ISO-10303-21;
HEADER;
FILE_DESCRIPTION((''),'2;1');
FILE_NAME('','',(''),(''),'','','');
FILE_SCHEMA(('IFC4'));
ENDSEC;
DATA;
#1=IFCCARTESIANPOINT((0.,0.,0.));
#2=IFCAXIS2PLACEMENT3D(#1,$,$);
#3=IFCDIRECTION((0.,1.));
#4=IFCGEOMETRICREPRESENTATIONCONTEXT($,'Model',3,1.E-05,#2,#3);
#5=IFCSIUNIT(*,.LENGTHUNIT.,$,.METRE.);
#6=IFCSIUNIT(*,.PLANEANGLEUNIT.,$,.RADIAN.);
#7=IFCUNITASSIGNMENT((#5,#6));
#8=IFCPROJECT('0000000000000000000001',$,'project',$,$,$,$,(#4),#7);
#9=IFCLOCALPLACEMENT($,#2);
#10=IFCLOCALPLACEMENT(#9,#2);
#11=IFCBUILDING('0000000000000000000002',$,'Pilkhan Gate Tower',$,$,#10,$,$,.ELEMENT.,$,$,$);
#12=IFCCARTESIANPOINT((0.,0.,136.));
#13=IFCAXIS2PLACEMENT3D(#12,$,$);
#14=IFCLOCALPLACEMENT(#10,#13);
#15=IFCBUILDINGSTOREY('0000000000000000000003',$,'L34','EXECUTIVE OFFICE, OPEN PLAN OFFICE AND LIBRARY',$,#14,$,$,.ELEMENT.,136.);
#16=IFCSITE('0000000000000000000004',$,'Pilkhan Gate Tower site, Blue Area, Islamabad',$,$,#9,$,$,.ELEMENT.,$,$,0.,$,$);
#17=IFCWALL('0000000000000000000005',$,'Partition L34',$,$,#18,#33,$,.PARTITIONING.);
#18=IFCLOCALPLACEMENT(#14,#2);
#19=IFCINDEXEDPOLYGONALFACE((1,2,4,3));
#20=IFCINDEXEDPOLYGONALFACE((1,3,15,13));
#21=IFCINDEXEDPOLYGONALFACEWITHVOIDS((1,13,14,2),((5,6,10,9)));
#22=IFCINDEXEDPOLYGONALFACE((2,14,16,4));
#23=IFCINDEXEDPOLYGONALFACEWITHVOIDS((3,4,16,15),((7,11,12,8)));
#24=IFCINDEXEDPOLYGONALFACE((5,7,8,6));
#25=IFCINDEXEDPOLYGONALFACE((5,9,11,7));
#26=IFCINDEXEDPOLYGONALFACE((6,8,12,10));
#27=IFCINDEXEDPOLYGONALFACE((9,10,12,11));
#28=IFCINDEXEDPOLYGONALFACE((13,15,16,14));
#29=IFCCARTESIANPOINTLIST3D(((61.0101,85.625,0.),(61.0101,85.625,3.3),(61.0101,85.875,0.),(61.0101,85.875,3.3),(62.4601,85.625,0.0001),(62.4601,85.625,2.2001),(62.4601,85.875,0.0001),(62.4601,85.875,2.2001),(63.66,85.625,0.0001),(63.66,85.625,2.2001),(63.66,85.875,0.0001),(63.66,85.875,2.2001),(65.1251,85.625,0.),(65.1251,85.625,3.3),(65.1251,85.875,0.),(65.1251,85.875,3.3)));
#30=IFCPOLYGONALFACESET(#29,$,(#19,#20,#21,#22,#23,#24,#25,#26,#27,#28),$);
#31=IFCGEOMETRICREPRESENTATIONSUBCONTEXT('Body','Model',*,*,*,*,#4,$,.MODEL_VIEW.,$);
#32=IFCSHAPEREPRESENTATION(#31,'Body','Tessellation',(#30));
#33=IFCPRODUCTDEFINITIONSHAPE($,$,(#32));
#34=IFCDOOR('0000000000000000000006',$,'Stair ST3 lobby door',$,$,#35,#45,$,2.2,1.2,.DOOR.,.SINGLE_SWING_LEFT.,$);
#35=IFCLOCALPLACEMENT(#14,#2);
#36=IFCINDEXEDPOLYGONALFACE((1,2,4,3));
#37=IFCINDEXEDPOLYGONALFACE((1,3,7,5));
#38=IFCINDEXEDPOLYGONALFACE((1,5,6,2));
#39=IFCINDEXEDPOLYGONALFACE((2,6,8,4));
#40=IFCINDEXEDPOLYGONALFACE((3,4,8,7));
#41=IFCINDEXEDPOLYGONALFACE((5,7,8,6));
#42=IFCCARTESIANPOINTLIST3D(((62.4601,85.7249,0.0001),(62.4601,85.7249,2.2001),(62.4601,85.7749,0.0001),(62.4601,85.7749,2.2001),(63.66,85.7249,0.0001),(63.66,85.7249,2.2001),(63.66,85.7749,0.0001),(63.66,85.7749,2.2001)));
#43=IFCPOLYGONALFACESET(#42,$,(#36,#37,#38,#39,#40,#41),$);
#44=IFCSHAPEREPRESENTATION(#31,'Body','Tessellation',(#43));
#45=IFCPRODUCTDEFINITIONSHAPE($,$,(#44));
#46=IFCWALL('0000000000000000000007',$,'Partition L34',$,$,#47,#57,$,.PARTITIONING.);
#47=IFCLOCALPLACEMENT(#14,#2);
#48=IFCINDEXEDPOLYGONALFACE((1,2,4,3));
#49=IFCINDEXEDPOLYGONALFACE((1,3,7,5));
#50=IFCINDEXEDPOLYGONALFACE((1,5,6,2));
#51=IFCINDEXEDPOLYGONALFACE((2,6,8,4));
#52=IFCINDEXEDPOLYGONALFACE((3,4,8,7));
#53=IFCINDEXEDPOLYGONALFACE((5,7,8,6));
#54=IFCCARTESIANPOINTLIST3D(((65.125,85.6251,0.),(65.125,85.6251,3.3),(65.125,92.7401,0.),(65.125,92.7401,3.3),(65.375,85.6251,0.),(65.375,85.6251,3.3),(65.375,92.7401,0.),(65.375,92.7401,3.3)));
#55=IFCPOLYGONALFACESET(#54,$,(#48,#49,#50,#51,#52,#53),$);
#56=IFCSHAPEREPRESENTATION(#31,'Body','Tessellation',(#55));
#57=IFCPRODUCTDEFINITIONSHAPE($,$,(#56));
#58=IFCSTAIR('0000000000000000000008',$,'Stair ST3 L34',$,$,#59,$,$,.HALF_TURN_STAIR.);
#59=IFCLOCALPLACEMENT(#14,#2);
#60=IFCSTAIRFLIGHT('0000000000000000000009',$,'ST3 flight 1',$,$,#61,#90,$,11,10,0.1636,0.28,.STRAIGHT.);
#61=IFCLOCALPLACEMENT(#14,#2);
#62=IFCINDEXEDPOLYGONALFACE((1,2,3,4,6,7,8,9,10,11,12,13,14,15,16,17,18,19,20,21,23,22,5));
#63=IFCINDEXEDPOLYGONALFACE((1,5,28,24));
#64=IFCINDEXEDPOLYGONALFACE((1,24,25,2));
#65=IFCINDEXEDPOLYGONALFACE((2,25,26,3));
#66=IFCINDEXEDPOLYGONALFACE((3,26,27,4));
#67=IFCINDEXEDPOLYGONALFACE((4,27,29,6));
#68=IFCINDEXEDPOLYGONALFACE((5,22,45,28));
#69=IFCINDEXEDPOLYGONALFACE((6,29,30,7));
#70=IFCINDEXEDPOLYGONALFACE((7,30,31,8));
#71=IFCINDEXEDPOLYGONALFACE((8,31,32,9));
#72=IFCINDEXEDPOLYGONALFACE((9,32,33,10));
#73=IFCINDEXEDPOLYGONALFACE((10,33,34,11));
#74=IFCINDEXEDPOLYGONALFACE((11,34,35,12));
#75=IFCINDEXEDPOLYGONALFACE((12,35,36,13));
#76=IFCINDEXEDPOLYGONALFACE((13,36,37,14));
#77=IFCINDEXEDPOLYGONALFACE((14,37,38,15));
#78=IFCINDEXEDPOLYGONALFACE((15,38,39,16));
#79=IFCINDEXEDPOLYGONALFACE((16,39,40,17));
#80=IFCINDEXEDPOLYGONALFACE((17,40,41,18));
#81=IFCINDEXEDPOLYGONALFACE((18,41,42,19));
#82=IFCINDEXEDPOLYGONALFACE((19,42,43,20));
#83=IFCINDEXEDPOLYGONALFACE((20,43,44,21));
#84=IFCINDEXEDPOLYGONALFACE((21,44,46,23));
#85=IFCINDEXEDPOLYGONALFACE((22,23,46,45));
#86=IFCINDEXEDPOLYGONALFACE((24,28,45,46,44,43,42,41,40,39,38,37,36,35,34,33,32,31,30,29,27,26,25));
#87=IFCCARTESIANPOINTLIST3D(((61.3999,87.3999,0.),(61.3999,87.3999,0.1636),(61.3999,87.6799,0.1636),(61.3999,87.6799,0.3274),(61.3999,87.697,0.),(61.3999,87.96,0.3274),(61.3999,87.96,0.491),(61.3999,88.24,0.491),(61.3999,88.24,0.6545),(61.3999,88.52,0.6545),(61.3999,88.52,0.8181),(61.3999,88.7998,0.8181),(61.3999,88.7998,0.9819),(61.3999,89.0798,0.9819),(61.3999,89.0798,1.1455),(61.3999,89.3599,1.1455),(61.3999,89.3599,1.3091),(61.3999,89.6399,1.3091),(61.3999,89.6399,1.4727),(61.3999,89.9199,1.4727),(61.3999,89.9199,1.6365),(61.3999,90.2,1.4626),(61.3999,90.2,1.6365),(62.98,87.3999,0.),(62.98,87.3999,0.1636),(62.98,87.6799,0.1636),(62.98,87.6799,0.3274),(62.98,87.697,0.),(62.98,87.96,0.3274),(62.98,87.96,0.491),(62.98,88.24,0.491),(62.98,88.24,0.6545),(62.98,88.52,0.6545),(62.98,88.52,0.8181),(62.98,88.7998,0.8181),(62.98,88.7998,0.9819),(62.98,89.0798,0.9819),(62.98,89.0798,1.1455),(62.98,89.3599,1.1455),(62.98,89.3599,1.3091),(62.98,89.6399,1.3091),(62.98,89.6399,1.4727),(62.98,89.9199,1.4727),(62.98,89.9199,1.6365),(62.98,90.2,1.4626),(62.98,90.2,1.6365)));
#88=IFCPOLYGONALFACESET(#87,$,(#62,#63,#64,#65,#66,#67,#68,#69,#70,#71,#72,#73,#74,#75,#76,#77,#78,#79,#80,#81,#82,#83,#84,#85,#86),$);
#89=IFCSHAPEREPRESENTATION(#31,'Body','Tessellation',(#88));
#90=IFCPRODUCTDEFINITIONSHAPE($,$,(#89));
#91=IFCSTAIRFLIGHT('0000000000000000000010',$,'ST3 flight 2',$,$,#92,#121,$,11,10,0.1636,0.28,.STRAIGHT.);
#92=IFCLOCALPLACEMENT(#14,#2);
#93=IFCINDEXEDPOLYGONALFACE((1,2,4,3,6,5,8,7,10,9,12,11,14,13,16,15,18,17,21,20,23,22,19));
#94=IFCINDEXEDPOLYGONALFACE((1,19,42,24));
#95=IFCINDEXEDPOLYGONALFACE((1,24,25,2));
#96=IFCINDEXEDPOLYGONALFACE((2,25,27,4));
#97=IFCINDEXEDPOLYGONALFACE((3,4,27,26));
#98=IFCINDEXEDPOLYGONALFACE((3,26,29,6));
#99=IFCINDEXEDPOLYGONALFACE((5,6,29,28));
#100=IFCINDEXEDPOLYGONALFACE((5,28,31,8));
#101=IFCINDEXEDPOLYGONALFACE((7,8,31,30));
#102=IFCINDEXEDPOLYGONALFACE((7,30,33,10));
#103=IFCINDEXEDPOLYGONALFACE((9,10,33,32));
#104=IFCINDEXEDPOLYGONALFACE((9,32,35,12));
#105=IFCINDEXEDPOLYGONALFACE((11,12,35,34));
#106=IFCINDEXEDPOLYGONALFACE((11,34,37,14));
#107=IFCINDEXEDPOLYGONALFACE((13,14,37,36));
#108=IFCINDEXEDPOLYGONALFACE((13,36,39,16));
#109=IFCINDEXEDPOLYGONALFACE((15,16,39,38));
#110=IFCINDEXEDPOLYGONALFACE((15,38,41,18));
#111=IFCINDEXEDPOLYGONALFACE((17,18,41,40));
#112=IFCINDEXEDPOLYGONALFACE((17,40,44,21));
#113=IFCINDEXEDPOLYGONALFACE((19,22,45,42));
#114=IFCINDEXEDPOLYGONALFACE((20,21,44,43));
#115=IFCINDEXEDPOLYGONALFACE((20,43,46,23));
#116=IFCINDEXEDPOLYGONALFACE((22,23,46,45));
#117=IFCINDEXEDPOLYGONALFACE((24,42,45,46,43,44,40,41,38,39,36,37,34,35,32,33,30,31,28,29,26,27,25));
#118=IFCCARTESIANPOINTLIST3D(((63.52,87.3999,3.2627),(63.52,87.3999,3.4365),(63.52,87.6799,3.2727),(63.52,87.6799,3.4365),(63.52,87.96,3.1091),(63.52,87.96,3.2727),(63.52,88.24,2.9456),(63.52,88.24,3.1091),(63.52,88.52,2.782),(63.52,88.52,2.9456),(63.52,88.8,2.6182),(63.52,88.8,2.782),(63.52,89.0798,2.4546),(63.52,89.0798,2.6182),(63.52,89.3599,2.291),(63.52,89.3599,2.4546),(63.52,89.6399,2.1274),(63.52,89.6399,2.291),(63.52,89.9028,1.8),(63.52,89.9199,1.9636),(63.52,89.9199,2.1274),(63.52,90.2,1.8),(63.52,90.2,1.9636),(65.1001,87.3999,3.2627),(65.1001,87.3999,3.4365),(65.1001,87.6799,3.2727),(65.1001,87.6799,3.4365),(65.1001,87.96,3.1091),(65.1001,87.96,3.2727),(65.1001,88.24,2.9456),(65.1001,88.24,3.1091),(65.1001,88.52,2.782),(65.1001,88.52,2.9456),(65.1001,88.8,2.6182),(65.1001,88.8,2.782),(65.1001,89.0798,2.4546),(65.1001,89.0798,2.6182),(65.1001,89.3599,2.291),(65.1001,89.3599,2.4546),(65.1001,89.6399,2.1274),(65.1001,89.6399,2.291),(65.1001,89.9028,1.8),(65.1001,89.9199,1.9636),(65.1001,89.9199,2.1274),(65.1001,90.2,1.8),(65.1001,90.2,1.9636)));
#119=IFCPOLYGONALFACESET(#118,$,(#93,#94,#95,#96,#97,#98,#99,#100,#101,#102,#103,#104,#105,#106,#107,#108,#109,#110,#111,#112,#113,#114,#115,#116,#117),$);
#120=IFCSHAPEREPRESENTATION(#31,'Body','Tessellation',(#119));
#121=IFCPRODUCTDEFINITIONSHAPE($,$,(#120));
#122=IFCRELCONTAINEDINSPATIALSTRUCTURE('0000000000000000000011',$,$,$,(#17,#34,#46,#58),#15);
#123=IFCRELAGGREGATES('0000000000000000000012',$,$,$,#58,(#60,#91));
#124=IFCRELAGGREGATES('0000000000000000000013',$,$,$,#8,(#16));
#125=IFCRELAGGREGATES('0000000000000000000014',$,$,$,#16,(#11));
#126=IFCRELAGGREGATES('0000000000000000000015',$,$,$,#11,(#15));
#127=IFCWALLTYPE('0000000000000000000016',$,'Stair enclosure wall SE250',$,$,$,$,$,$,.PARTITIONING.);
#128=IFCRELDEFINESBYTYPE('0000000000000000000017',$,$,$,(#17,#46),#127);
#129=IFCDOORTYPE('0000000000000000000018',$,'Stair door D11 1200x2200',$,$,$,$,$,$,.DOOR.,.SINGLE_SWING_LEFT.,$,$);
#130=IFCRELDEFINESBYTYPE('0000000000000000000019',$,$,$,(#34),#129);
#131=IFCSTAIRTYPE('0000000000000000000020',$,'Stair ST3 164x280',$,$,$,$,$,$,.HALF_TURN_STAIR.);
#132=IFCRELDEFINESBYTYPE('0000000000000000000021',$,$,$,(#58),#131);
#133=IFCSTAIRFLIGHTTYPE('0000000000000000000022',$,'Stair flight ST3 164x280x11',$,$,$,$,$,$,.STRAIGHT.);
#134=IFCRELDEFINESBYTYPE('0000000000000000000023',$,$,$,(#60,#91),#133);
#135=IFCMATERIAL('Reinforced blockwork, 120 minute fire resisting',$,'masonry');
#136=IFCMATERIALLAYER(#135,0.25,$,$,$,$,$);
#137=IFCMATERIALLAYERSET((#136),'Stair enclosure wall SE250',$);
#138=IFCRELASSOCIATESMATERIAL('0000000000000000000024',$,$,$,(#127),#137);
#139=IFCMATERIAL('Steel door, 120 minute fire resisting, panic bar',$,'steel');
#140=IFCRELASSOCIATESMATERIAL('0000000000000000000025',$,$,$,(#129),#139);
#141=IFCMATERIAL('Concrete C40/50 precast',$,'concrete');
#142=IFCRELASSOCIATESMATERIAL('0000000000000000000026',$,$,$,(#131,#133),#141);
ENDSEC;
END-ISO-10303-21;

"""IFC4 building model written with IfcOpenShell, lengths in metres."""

from ifc_helpers import new_model, si_unit, direction, frame, frame_2d, origin, place, context, subcontext, project, spatial, polyline, rectangle, outline, extrude, material, layer, layer_set, type_object, element, fill, aggregate, save


model = new_model("IFC4")

# Units and contexts
model_context = context("Model", 3, precision=1e-05, world=origin(), true_north=direction((0.0, 1.0)))
body_context = subcontext(model_context, "Body", "Model", "MODEL_VIEW")
ifc_project = project(units=[si_unit("LENGTHUNIT", "METRE"), si_unit("PLANEANGLEUNIT", "RADIAN")], contexts=[model_context])

# Site, building, storey
site_placement = place(None, origin())
site = spatial("IfcSite", under=ifc_project, at=site_placement, Name="Pilkhan Gate Tower site, Blue Area, Islamabad", CompositionType="ELEMENT", RefElevation=0.0)
building_placement = place(site_placement, origin())
building = spatial("IfcBuilding", under=site, at=building_placement, Name="Pilkhan Gate Tower", CompositionType="ELEMENT")
storey_placement = place(building_placement, frame((0.0, 0.0, 136.0)))
storey = spatial("IfcBuildingStorey", under=building, at=storey_placement, Name="L34", Description="EXECUTIVE OFFICE, OPEN PLAN OFFICE AND LIBRARY", CompositionType="ELEMENT", Elevation=136.0)

# Wall, opening, door
ifc_material_1 = material(Name="Reinforced blockwork, 120 minute fire resisting", Category="masonry")
ifc_layer_1 = layer(ifc_material_1, 0.25)
ifc_layer_set_1 = layer_set([ifc_layer_1], Name="Stair enclosure wall SE250")
wall_type_1 = type_object("IfcWallType", Name="Stair enclosure wall SE250", PredefinedType="PARTITIONING", material=ifc_layer_set_1)
wall_1_placement = place(storey_placement, frame((61.01, 85.75, 0.0), z_axis=(0.0, 0.0, 1.0), x_axis=(1.0, 0.0, 0.0)))
wall_1 = element("IfcWall", 1, at=wall_1_placement, inside=storey, type_object=wall_type_1, Name="Partition L34", PredefinedType="PARTITIONING", context=body_context, shape_type="SweptSolid", body=[
    extrude(rectangle(XDim=4.115, YDim=0.25, at=frame_2d((2.0576, 0.0))), origin(), (0.0, 0.0, 1.0), 3.3),
])
opening_1_placement = place(wall_1_placement, frame((1.45, 0.0, 0.0)))
opening_1 = element("IfcOpeningElement", 2, at=opening_1_placement, cuts=wall_1, PredefinedType="OPENING", context=body_context, shape_type="SweptSolid", body=[
    extrude(rectangle(XDim=1.2, YDim=2.2, at=frame_2d((0.6001, 1.1001))), frame((0.0, 0.135, 0.0), z_axis=(0.0, -1.0, 0.0), x_axis=(1.0, 0.0, 0.0)), (0.0, 0.0, 1.0), 0.27),
])
ifc_material_2 = material(Name="Steel door, 120 minute fire resisting, panic bar", Category="steel")
door_type_1 = type_object("IfcDoorType", Name="Stair door D11 1200x2200", OperationType="SINGLE_SWING_LEFT", PredefinedType="DOOR", material=ifc_material_2)
door_1_placement = place(opening_1_placement, origin())
door_1 = element("IfcDoor", 3, at=door_1_placement, inside=storey, type_object=door_type_1, Name="Stair ST3 lobby door", OperationType="SINGLE_SWING_LEFT", OverallHeight=2.2, OverallWidth=1.2, PredefinedType="DOOR", context=body_context, shape_type="SweptSolid", body=[
    extrude(rectangle(XDim=1.2, YDim=2.2, at=frame_2d((0.6001, 1.1001))), frame((0.0, 0.0249, 0.0), z_axis=(0.0, -1.0, 0.0), x_axis=(1.0, 0.0, 0.0)), (0.0, 0.0, 1.0), 0.05),
])
fill(opening_1, door_1)

# Wall
wall_2_placement = place(storey_placement, frame((65.25, 85.625, 0.0), z_axis=(0.0, 0.0, 1.0), x_axis=(0.0, 1.0, 0.0)))
element("IfcWall", 4, at=wall_2_placement, inside=storey, type_object=wall_type_1, Name="Partition L34", PredefinedType="PARTITIONING", context=body_context, shape_type="SweptSolid", body=[
    extrude(rectangle(XDim=7.115, YDim=0.25, at=frame_2d((3.5576, 0.0))), origin(), (0.0, 0.0, 1.0), 3.3),
])

# Stair, stair flights
ifc_material_3 = material(Name="Concrete C40/50 precast", Category="concrete")
stair_type = type_object("IfcStairType", Name="Stair ST3 164x280", PredefinedType="HALF_TURN_STAIR", material=ifc_material_3)
stair_placement = place(storey_placement, origin())
stair = element("IfcStair", 5, at=stair_placement, inside=storey, type_object=stair_type, Name="Stair ST3 L34", PredefinedType="HALF_TURN_STAIR")
stair_flight_type = type_object("IfcStairFlightType", Name="Stair flight ST3 164x280x11", PredefinedType="STRAIGHT", material=ifc_material_3)
stair_flight_1_placement = place(storey_placement, frame((62.1899, 87.3999, 0.0), z_axis=(0.0, 0.0, 1.0), x_axis=(0.0, 1.0, 0.0)))
stair_flight_1 = element("IfcStairFlight", 6, at=stair_flight_1_placement, type_object=stair_flight_type, Name="ST3 flight 1", NumberOfRisers=11, NumberOfTreads=10, PredefinedType="STRAIGHT", RiserHeight=0.1636, TreadLength=0.28, context=body_context, shape_type="SweptSolid", body=[
    extrude(outline(polyline([(0.0, 0.0), (0.0, 0.1636), (0.28, 0.1636), (0.28, 0.3274), (0.5601, 0.3274), (0.5601, 0.491), (0.8401, 0.491), (0.8401, 0.6545), (1.1201, 0.6545), (1.1201, 0.8181), (1.3999, 0.8181), (1.3999, 0.9819), (1.6799, 0.9819), (1.6799, 1.1455), (1.96, 1.1455), (1.96, 1.3091), (2.24, 1.3091), (2.24, 1.4727), (2.52, 1.4727), (2.52, 1.6365), (2.8, 1.6365), (2.8, 1.8), (2.8, 1.4626), (0.2971, 0.0), (0.0, 0.0)])), frame((0.0, 0.79, 0.0), z_axis=(0.0, -1.0, 0.0), x_axis=(1.0, 0.0, 0.0)), (0.0, 0.0, 1.0), 1.5801),
])
stair_flight_2_placement = place(storey_placement, frame((64.3101, 90.2, 1.8), z_axis=(0.0, 0.0, 1.0), x_axis=(0.0, -1.0, 0.0)))
stair_flight_2 = element("IfcStairFlight", 7, at=stair_flight_2_placement, type_object=stair_flight_type, Name="ST3 flight 2", NumberOfRisers=11, NumberOfTreads=10, PredefinedType="STRAIGHT", RiserHeight=0.1636, TreadLength=0.28, context=body_context, shape_type="SweptSolid", body=[
    extrude(outline(polyline([(0.0, 0.0), (0.0, 0.1636), (0.28, 0.1636), (0.28, 0.3274), (0.5601, 0.3274), (0.5601, 0.491), (0.8401, 0.491), (0.8401, 0.6545), (1.1201, 0.6545), (1.1201, 0.8181), (1.3999, 0.8181), (1.3999, 0.9819), (1.6799, 0.9819), (1.6799, 1.1455), (1.96, 1.1455), (1.96, 1.3091), (2.24, 1.3091), (2.24, 1.4727), (2.52, 1.4727), (2.52, 1.6365), (2.8, 1.6365), (2.8, 1.8), (2.8, 1.4626), (0.2971, 0.0), (0.0, 0.0)])), frame((0.0, 0.79, 0.0), z_axis=(0.0, -1.0, 0.0), x_axis=(1.0, 0.0, 0.0)), (0.0, 0.0, 1.0), 1.5801),
])
aggregate(stair, [stair_flight_1, stair_flight_2])

save(model, "model.ifc")
